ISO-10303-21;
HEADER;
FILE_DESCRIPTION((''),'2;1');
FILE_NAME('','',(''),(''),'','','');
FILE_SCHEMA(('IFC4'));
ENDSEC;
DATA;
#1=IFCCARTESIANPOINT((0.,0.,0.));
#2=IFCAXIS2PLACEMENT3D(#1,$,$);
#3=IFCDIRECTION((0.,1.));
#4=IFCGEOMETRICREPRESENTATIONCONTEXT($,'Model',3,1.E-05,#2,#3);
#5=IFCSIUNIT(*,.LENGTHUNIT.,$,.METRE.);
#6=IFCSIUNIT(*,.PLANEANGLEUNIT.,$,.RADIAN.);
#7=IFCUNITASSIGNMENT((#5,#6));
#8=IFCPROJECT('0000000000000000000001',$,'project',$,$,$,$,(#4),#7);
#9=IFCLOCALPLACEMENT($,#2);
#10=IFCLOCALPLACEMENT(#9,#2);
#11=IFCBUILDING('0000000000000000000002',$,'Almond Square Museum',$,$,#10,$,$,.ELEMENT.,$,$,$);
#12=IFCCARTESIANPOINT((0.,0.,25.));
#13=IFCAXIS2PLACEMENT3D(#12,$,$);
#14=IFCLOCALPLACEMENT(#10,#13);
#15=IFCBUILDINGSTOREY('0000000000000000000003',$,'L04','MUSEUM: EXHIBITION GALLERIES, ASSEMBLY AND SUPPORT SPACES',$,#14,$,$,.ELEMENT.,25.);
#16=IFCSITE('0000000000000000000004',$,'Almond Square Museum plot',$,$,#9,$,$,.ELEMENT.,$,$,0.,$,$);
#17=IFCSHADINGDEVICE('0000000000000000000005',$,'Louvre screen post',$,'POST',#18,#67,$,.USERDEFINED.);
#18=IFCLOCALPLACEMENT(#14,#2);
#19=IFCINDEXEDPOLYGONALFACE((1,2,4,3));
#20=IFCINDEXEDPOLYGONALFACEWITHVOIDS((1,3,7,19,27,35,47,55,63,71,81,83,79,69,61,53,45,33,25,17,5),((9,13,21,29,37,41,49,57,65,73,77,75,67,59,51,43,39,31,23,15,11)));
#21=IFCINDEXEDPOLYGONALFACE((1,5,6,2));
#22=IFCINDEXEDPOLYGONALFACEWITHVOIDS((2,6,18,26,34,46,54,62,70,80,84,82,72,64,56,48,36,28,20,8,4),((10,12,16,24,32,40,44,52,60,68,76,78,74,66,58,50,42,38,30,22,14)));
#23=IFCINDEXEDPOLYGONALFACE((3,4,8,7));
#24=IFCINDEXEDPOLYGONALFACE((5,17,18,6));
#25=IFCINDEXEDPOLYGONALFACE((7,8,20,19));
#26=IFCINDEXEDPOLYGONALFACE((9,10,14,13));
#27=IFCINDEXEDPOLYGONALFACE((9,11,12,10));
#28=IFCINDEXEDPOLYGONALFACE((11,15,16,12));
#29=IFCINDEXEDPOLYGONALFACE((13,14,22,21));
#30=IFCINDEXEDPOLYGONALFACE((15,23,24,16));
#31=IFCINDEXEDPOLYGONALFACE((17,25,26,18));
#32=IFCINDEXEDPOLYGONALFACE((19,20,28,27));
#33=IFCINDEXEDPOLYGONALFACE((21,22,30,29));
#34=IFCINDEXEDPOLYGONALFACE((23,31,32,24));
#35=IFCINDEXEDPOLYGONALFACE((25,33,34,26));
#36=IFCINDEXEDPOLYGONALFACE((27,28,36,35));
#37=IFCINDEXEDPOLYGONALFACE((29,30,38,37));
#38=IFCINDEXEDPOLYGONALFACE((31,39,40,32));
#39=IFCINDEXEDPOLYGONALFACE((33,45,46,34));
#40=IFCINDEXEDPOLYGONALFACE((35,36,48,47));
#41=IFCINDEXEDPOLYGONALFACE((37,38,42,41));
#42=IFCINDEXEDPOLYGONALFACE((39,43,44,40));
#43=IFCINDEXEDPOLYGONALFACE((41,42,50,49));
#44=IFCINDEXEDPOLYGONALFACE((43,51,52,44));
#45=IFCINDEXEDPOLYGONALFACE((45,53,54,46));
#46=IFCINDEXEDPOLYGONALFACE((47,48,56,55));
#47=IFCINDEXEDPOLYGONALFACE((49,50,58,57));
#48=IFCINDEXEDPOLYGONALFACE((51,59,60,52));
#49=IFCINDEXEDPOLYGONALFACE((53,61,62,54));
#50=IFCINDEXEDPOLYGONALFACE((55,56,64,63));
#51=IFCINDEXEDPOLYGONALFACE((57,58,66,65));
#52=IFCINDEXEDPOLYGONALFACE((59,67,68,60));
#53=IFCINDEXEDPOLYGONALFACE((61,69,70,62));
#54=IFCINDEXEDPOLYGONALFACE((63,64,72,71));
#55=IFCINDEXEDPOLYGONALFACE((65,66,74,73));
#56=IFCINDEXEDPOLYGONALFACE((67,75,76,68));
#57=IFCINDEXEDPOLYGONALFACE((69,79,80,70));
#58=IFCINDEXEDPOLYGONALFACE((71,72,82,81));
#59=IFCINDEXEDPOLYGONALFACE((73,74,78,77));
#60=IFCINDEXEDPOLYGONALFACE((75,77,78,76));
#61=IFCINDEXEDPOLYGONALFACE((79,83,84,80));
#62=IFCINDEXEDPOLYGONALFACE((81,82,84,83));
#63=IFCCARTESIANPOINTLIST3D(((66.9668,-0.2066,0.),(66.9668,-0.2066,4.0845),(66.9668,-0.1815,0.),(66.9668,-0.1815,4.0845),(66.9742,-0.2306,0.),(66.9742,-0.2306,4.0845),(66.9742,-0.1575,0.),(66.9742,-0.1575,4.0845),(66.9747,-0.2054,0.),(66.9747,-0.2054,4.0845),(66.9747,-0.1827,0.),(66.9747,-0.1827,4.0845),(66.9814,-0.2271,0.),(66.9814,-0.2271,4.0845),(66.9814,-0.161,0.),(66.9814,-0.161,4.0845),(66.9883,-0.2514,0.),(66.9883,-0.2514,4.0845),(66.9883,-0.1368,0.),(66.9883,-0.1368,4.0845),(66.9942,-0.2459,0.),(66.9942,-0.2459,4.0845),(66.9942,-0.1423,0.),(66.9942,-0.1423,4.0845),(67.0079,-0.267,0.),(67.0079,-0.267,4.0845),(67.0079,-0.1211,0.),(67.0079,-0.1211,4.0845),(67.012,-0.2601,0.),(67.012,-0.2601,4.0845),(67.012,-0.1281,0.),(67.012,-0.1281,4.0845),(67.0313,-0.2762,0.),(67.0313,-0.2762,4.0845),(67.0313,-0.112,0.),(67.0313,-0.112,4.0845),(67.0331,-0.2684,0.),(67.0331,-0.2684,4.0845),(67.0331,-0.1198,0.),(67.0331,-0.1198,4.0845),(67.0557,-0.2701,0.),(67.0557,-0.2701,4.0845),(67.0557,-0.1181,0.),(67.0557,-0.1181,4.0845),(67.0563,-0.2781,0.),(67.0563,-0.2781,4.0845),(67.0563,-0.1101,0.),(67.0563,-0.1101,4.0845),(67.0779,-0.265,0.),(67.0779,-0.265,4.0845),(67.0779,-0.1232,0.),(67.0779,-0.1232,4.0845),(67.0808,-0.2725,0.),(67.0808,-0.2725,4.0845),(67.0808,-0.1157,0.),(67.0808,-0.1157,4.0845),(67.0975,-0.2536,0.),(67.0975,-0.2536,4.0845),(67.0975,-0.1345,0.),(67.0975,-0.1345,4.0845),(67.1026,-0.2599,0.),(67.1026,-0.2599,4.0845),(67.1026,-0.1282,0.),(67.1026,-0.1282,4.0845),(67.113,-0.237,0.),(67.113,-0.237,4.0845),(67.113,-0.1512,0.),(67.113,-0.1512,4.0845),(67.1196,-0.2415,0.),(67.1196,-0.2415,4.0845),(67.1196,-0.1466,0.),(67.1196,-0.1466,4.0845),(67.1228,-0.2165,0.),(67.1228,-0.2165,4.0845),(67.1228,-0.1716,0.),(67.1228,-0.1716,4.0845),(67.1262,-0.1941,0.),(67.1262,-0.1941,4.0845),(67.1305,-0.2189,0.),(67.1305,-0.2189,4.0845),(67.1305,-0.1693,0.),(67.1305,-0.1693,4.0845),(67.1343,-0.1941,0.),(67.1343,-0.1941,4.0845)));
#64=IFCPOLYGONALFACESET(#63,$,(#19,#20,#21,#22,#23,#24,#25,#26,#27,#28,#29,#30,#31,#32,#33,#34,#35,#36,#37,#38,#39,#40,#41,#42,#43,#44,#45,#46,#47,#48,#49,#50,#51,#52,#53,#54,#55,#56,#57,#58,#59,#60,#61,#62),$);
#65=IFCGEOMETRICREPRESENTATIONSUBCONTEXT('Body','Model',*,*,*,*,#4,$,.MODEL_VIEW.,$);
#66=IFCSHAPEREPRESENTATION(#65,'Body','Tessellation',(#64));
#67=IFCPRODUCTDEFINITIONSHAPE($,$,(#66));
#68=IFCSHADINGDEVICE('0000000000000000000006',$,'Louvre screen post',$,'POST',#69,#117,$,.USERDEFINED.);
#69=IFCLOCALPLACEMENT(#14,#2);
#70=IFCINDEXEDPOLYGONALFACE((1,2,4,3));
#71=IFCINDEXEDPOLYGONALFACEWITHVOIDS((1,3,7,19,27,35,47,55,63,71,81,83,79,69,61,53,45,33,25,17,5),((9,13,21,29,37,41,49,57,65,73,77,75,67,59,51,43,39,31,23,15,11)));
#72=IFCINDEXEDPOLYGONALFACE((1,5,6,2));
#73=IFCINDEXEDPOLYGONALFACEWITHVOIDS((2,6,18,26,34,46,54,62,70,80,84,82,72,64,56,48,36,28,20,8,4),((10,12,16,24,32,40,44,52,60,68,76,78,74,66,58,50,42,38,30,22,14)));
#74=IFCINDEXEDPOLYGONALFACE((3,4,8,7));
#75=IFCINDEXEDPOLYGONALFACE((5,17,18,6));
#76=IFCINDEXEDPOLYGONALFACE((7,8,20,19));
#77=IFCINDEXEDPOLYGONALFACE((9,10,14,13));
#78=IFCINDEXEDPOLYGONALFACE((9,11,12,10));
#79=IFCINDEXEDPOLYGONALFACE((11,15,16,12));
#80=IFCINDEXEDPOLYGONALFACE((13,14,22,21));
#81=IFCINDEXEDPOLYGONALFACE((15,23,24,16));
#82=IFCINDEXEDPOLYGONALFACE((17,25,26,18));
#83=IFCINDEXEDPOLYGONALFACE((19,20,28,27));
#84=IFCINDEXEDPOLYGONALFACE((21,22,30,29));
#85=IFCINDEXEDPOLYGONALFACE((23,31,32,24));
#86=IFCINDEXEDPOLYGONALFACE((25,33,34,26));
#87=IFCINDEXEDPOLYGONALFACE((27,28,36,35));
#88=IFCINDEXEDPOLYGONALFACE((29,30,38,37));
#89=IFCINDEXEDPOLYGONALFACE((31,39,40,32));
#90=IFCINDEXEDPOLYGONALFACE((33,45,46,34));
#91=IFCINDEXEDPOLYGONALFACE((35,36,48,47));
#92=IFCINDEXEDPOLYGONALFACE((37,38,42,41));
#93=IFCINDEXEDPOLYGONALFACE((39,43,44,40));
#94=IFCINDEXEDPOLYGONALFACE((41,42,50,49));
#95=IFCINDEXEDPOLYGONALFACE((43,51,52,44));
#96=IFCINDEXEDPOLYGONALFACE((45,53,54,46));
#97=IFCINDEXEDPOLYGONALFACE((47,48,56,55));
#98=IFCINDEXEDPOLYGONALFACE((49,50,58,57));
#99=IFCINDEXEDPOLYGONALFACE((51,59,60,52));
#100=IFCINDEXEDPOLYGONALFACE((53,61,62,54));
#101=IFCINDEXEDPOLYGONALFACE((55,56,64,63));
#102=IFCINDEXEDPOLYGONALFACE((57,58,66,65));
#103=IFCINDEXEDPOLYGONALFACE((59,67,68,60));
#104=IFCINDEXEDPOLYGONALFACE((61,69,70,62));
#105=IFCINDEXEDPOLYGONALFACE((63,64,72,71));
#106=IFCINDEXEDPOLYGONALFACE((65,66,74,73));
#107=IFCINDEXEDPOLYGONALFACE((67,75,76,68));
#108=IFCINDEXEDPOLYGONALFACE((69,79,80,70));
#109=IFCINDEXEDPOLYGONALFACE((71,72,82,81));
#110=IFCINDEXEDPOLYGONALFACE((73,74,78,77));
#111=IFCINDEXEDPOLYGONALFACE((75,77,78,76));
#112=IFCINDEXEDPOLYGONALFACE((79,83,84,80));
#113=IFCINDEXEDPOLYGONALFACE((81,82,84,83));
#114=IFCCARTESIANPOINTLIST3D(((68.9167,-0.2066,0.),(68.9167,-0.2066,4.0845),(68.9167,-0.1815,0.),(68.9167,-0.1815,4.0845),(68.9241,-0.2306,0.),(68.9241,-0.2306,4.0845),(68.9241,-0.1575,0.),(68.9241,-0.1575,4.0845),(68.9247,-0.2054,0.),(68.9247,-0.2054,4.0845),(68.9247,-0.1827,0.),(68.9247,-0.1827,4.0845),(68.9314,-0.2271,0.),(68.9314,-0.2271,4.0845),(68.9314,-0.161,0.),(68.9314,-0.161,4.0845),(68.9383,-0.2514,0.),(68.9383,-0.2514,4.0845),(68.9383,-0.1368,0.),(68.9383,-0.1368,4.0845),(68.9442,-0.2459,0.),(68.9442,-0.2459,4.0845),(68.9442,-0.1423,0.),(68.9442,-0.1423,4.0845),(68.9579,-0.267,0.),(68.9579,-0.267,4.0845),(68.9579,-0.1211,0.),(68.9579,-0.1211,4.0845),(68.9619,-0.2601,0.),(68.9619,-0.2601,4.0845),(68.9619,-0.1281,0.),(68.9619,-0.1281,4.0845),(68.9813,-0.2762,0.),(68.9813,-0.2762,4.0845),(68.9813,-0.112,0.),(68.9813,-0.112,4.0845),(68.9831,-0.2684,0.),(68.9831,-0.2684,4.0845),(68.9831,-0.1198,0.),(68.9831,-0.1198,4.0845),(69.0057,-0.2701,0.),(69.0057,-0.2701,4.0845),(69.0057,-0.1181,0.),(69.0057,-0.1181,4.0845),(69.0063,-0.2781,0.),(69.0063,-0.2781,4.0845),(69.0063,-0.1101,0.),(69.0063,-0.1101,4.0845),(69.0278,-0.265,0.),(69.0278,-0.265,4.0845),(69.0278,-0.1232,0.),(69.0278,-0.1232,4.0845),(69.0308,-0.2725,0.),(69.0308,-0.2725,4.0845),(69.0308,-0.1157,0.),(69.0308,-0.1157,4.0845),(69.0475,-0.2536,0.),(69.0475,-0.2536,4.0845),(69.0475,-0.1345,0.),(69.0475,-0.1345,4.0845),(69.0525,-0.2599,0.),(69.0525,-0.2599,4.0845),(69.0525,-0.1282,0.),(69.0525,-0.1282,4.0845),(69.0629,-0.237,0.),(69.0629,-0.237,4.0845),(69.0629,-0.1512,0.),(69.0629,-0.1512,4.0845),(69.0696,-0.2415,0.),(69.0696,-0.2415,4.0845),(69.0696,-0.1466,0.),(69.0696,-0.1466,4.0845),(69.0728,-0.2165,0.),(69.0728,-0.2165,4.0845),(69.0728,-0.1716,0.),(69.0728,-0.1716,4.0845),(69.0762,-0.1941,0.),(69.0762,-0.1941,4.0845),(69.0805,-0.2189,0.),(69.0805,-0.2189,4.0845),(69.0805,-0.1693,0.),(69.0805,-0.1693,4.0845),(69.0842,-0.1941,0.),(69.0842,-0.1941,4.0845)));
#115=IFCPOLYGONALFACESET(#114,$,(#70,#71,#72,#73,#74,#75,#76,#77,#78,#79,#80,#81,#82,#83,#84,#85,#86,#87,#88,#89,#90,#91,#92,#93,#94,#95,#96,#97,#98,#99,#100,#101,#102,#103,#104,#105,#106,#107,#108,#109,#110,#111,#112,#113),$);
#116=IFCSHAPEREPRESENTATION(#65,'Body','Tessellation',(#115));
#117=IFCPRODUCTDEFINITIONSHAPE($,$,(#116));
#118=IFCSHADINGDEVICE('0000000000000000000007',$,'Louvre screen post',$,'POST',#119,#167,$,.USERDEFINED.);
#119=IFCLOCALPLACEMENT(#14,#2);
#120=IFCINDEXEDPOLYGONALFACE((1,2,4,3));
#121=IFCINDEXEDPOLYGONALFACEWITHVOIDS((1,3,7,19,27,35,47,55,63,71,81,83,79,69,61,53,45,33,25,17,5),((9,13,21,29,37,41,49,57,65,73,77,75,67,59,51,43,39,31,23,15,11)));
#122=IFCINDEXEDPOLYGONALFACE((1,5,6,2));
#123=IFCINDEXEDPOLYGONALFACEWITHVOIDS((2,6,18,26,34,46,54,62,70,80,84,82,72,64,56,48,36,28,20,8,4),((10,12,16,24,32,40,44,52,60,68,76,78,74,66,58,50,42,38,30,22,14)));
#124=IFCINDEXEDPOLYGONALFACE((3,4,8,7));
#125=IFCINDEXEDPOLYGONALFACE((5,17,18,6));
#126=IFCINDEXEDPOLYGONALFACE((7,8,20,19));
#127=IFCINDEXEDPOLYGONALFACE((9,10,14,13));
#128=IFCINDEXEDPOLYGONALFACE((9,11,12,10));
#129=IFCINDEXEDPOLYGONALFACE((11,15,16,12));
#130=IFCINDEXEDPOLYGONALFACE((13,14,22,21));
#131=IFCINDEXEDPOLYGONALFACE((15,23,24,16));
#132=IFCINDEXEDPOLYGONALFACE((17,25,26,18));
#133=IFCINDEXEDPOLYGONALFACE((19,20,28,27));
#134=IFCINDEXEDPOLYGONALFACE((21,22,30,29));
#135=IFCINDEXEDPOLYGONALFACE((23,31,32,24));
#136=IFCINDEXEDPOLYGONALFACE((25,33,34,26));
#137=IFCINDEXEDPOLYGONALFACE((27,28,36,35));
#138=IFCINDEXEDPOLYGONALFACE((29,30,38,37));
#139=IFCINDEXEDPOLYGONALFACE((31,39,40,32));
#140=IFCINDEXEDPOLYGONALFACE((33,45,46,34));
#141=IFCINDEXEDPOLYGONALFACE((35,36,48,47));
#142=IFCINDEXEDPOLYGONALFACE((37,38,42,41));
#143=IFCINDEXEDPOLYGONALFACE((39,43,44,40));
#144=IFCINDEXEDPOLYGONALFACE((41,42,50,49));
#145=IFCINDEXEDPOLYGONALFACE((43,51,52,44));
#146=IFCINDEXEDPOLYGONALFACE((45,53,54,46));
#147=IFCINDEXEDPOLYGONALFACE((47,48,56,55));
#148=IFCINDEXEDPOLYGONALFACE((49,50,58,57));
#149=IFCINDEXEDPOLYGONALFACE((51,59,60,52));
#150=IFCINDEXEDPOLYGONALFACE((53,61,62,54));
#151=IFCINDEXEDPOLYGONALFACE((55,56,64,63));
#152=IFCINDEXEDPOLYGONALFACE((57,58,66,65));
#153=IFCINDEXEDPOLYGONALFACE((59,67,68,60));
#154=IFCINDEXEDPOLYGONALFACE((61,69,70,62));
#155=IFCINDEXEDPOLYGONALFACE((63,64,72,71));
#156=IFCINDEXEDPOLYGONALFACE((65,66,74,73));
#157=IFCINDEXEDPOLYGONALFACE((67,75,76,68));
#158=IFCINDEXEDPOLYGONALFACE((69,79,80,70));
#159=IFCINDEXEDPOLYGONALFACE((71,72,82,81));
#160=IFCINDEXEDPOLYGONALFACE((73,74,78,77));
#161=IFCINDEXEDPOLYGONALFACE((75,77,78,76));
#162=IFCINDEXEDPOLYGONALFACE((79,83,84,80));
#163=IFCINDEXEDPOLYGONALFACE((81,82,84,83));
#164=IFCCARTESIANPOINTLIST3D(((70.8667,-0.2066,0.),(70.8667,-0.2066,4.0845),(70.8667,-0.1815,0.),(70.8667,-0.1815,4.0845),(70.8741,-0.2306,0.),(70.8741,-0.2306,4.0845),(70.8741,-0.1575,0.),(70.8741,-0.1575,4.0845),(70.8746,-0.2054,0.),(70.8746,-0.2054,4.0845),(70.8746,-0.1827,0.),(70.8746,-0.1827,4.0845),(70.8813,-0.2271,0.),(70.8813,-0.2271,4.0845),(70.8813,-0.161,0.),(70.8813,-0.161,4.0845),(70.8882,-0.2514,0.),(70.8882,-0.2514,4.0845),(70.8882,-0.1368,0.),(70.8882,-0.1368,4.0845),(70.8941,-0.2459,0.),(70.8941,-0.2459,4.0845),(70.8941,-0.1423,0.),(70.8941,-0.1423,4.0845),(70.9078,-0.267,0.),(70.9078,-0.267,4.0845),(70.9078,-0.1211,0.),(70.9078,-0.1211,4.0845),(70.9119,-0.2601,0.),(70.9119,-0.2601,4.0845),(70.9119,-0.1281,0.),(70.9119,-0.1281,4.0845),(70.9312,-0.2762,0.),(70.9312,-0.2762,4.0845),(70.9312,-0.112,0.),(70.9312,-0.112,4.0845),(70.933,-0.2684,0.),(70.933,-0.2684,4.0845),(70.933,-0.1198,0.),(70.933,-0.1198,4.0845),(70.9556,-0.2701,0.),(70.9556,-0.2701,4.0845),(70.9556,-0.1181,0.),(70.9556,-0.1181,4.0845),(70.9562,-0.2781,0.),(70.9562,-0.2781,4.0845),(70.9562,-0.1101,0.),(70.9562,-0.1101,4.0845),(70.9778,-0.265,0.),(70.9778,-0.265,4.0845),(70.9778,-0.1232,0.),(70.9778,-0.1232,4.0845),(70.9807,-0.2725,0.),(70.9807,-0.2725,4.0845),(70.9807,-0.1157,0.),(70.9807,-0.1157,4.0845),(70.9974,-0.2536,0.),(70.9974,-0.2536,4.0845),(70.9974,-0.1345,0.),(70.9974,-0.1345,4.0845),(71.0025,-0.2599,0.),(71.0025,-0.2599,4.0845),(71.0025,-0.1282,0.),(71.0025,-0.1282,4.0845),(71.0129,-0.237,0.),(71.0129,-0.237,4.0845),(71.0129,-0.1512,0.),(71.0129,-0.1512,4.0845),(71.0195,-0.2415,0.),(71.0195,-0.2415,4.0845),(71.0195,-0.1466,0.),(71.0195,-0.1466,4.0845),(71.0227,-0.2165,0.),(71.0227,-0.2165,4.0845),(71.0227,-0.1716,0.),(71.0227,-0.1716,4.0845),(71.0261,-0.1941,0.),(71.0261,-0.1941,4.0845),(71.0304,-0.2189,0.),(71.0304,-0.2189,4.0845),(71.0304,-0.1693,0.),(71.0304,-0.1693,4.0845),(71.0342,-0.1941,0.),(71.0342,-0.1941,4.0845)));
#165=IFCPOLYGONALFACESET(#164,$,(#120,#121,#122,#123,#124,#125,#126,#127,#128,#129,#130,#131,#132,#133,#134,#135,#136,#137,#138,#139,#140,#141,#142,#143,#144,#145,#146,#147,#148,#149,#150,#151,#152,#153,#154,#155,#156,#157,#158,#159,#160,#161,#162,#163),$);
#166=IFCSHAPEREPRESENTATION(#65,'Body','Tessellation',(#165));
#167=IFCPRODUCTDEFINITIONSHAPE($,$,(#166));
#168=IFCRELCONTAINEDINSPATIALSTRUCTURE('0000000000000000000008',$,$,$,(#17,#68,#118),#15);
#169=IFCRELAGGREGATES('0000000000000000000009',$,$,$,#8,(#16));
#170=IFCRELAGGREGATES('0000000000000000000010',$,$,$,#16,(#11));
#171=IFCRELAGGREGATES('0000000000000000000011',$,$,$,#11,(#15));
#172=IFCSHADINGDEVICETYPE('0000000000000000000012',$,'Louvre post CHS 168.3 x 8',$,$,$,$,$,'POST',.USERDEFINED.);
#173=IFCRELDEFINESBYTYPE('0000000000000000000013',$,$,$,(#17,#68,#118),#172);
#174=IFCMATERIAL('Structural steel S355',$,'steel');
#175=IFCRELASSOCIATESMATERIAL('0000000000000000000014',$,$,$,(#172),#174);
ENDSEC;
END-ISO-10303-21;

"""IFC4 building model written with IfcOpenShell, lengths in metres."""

from ifc_helpers import new_model, si_unit, direction, frame, origin, origin_2d, place, context, subcontext, project, spatial, hollow_circle, extrude, material, material_profile, profile_set, type_object, element, save


model = new_model("IFC4")

# Units and contexts
model_context = context("Model", 3, precision=1e-05, world=origin(), true_north=direction((0.0, 1.0)))
body_context = subcontext(model_context, "Body", "Model", "MODEL_VIEW")
ifc_project = project(units=[si_unit("LENGTHUNIT", "METRE"), si_unit("PLANEANGLEUNIT", "RADIAN")], contexts=[model_context])

# Site, building, storey
site_placement = place(None, origin())
site = spatial("IfcSite", under=ifc_project, at=site_placement, Name="Almond Square Museum plot", CompositionType="ELEMENT", RefElevation=0.0)
building_placement = place(site_placement, origin())
building = spatial("IfcBuilding", under=site, at=building_placement, Name="Almond Square Museum", CompositionType="ELEMENT")
storey_placement = place(building_placement, frame((0.0, 0.0, 25.0)))
storey = spatial("IfcBuildingStorey", under=building, at=storey_placement, Name="L04", Description="MUSEUM: EXHIBITION GALLERIES, ASSEMBLY AND SUPPORT SPACES", CompositionType="ELEMENT", Elevation=25.0)

# Shading devices
ifc_material_1 = material(Name="Structural steel S355", Category="steel")
ifc_material_profile_1 = material_profile(ifc_material_1, hollow_circle(Radius=0.0842, WallThickness=0.0081, at=origin_2d()))
ifc_profile_set_1 = profile_set([ifc_material_profile_1], Name="Structural steel S355")
shading_device_type = type_object("IfcShadingDeviceType", Name="Louvre post CHS 168.3 x 8", ElementType="POST", PredefinedType="USERDEFINED", material=ifc_profile_set_1)
for number, where, z_axis, x_axis, name in (
    (1, (67.05, -0.1941, 0.0), (0.0, 0.0, 1.0), (1.0, 0.0, 0.0), "Louvre screen post"),
    (2, (69.0, -0.1941, 0.0), (0.0, 0.0, 1.0), (1.0, 0.0, 0.0), "Louvre screen post"),
    (3, (70.95, -0.1941, 0.0), (0.0, 0.0, 1.0), (1.0, 0.0, 0.0), "Louvre screen post"),
):
    element("IfcShadingDevice", number, at=place(storey_placement, frame(where, z_axis=z_axis, x_axis=x_axis)), inside=storey, type_object=shading_device_type, Name=name, ObjectType="POST", PredefinedType="USERDEFINED", context=body_context, shape_type="SweptSolid", body=[
        extrude(hollow_circle(Radius=0.0842, WallThickness=0.0081, at=origin_2d()), origin(), (0.0, 0.0, 1.0), 4.0845),
    ])

save(model, "model.ifc")
